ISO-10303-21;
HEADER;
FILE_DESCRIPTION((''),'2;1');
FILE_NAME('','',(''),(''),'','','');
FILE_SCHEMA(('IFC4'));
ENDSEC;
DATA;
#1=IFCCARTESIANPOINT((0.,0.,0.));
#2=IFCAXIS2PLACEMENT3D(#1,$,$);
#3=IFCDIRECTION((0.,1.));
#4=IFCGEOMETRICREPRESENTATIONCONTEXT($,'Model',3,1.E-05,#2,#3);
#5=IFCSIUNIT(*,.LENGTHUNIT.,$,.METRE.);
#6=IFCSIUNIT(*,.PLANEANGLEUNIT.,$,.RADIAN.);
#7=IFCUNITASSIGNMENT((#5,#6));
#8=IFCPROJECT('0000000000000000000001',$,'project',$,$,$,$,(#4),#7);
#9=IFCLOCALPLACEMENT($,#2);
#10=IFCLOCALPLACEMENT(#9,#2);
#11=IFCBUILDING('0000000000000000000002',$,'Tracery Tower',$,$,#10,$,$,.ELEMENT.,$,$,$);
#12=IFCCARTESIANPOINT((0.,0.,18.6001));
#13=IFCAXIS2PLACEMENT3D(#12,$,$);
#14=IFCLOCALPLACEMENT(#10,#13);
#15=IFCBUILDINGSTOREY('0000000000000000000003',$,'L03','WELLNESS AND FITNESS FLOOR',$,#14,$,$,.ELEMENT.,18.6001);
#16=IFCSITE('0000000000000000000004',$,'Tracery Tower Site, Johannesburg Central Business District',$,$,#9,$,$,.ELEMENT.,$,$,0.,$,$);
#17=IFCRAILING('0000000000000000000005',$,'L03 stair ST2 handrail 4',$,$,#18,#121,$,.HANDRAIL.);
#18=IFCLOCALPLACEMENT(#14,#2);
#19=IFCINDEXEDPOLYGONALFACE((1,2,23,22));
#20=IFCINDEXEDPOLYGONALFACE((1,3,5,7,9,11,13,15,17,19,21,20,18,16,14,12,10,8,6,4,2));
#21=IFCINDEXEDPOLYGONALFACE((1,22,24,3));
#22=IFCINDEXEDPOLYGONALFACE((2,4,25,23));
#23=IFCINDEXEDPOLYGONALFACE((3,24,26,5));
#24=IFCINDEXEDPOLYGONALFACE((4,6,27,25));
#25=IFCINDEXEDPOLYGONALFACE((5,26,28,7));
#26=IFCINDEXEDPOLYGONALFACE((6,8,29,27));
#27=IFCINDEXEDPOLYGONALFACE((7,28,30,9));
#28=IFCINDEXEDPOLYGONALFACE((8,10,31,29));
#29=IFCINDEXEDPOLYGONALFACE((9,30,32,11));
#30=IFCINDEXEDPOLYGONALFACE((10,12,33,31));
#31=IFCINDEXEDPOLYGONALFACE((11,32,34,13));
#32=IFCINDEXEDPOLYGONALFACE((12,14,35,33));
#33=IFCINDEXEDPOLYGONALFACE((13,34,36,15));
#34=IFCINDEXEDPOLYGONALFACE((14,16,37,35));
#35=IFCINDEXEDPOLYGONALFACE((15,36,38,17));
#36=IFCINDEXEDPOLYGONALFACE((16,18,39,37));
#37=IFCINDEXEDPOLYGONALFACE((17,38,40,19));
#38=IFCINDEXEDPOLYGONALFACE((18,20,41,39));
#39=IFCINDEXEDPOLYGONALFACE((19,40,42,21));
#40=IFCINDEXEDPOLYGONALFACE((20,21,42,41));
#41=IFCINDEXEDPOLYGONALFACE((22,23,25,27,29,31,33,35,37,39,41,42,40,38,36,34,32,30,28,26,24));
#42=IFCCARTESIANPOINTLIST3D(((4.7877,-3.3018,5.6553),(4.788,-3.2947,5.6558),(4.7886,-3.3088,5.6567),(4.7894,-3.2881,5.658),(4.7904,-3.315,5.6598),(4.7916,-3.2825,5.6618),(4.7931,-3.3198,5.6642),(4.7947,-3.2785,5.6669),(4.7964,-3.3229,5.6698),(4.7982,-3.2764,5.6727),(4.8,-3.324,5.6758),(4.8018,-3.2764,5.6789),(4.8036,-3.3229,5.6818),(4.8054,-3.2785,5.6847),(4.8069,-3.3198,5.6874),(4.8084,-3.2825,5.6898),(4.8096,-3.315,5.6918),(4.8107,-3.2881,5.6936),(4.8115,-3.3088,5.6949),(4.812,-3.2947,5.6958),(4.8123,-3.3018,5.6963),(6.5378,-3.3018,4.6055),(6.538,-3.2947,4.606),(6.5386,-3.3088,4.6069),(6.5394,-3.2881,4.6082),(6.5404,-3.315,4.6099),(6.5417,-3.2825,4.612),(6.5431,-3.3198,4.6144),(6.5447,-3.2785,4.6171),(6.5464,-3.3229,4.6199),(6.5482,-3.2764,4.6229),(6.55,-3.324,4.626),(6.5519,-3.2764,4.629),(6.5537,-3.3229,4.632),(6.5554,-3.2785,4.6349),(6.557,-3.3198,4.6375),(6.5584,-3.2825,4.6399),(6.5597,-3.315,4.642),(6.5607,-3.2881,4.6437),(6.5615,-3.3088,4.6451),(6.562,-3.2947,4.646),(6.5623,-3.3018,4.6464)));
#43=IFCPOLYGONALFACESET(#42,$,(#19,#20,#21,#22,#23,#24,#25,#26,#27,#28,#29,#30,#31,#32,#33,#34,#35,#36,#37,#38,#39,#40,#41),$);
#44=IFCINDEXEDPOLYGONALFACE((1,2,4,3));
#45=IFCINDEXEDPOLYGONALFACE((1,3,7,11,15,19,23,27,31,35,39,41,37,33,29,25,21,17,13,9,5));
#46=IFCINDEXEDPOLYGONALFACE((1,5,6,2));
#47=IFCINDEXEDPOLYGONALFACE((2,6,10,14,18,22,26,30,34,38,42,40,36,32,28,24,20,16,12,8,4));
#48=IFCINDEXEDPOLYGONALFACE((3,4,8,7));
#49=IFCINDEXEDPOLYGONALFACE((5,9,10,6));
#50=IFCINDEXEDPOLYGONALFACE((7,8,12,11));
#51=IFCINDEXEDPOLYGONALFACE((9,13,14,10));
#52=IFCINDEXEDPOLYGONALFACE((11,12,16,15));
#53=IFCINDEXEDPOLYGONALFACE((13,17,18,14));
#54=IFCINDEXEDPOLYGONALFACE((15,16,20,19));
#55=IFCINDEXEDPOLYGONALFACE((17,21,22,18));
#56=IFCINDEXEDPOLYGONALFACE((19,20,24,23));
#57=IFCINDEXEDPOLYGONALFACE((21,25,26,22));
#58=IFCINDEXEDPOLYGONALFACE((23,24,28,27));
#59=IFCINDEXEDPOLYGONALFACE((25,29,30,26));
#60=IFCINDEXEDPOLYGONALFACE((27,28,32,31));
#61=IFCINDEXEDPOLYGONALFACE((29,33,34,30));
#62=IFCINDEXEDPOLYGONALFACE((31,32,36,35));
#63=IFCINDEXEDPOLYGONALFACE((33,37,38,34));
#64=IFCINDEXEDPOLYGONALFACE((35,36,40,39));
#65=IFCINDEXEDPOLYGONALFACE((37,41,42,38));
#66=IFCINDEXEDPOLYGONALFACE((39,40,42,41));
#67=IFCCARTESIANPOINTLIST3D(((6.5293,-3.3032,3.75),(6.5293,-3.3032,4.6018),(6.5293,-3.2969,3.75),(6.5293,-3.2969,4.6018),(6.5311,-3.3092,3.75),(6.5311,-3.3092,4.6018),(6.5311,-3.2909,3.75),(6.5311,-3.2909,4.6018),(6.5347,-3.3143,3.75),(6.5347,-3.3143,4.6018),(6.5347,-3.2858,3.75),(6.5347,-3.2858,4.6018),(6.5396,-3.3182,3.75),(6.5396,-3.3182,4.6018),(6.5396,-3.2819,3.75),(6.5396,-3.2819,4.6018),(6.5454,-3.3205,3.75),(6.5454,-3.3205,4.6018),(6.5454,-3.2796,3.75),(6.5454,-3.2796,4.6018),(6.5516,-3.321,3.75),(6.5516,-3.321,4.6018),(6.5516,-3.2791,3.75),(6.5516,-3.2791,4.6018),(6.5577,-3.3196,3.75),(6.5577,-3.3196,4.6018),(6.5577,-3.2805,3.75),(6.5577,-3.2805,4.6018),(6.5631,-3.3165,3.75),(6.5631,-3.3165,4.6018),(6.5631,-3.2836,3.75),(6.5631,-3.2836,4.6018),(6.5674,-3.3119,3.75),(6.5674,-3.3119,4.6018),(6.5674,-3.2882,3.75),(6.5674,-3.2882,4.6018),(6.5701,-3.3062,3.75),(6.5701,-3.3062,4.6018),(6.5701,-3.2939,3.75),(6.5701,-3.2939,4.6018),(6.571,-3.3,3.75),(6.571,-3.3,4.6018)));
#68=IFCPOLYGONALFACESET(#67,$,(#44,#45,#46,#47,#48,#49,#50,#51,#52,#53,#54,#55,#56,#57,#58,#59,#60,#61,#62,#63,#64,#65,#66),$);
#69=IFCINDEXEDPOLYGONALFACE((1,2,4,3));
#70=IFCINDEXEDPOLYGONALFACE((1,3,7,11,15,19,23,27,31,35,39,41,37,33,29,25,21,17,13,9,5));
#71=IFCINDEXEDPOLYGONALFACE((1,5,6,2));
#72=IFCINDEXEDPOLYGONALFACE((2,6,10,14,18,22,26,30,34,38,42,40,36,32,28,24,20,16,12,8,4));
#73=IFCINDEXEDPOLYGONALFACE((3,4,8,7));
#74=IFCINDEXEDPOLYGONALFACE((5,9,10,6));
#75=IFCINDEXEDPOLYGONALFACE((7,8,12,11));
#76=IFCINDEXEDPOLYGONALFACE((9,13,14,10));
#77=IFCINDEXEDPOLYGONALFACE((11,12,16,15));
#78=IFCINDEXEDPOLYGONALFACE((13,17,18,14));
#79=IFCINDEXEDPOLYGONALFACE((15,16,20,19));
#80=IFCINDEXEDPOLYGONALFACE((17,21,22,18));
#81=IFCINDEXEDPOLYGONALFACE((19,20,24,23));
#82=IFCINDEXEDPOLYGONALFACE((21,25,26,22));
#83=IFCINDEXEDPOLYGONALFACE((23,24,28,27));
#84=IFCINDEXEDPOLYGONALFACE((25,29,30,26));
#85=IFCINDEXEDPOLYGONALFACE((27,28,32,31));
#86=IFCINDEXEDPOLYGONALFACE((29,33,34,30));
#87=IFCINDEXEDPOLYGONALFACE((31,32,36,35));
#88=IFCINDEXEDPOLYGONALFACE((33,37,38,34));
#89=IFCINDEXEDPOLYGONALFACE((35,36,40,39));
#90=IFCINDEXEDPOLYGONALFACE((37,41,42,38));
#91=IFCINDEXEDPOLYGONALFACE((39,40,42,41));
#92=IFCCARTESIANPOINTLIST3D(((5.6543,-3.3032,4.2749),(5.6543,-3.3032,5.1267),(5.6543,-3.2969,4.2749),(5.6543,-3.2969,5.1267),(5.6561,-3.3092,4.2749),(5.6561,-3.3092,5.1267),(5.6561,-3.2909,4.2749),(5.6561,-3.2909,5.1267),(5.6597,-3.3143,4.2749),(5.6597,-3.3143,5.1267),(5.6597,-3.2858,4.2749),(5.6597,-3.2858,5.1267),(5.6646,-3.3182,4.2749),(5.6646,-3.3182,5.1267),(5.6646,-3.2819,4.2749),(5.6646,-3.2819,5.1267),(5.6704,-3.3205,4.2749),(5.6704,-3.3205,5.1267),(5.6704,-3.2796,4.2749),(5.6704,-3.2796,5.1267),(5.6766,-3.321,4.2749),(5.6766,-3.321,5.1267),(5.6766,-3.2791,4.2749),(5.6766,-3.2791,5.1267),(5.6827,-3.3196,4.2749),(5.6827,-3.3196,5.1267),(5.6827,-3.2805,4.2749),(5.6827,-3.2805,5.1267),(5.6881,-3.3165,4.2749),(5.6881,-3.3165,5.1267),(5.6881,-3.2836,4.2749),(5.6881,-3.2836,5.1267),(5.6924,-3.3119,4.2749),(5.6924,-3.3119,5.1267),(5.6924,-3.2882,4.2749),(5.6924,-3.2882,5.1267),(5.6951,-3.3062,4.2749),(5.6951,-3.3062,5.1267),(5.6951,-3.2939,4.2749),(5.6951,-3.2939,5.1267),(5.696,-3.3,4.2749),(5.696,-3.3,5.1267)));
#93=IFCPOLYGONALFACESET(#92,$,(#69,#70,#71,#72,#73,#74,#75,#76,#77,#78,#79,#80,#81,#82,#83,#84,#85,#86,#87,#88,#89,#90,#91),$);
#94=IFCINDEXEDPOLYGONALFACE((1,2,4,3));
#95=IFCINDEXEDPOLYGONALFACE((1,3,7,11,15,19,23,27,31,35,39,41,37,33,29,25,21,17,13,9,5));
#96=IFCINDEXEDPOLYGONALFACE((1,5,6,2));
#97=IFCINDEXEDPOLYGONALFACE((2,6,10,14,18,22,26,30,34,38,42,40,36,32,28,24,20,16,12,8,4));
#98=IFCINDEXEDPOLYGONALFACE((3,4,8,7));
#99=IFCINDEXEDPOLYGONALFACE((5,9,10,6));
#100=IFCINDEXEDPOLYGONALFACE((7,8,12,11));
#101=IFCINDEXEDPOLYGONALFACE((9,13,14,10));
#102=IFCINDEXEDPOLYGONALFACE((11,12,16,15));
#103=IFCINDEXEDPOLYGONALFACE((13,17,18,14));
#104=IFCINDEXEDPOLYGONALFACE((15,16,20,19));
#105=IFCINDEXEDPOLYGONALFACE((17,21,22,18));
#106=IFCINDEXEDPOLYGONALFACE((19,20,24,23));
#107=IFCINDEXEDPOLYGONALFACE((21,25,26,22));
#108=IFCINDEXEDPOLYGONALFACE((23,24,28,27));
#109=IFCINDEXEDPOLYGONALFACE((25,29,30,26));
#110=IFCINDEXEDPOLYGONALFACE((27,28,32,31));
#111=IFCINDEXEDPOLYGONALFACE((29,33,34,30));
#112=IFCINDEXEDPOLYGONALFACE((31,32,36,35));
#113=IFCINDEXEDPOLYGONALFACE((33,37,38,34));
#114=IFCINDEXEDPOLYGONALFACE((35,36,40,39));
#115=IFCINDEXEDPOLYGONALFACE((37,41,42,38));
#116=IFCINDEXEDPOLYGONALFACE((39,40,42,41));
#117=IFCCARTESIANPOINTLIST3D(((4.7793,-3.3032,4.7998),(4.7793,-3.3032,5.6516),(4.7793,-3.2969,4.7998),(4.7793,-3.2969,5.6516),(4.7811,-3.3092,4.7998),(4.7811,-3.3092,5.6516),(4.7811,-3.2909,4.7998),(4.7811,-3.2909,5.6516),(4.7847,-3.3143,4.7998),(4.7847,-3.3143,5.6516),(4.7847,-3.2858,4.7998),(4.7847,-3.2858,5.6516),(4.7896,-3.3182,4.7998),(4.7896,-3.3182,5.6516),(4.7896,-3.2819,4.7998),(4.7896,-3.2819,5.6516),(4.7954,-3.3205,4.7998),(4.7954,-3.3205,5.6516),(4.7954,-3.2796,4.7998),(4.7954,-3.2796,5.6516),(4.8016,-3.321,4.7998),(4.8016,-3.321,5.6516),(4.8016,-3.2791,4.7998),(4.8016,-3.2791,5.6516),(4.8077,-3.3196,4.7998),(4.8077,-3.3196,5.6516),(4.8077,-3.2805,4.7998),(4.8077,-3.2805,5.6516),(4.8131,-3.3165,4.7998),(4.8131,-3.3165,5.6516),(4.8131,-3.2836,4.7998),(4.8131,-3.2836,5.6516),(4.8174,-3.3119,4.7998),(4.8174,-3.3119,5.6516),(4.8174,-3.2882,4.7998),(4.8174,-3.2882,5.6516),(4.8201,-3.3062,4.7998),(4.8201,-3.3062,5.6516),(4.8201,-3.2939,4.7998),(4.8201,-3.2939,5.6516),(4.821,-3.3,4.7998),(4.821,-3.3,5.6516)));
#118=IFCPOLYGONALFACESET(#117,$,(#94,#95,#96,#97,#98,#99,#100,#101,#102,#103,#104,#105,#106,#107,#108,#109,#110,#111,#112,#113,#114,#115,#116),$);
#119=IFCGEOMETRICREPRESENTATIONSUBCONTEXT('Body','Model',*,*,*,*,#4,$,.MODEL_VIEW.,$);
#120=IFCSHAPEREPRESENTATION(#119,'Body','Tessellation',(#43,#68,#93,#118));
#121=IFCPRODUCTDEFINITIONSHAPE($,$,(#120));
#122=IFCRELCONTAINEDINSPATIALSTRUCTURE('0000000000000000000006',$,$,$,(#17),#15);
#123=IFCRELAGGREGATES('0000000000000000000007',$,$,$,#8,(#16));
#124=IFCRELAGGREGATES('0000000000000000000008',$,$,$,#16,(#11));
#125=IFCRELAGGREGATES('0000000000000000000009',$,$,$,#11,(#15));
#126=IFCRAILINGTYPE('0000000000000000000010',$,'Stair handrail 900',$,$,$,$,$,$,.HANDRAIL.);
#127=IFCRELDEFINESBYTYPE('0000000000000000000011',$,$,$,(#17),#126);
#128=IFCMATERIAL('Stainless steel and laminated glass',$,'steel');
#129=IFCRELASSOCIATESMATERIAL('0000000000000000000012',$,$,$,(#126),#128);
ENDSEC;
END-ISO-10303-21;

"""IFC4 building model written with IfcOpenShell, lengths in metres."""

from ifc_helpers import new_model, si_unit, direction, frame, origin, origin_2d, place, context, subcontext, project, spatial, circle, extrude, material, type_object, element, save


model = new_model("IFC4")

# Units and contexts
model_context = context("Model", 3, precision=1e-05, world=origin(), true_north=direction((0.0, 1.0)))
body_context = subcontext(model_context, "Body", "Model", "MODEL_VIEW")
ifc_project = project(units=[si_unit("LENGTHUNIT", "METRE"), si_unit("PLANEANGLEUNIT", "RADIAN")], contexts=[model_context])

# Site, building, storey
site_placement = place(None, origin())
site = spatial("IfcSite", under=ifc_project, at=site_placement, Name="Tracery Tower Site, Johannesburg Central Business District", CompositionType="ELEMENT", RefElevation=0.0)
building_placement = place(site_placement, origin())
building = spatial("IfcBuilding", under=site, at=building_placement, Name="Tracery Tower", CompositionType="ELEMENT")
storey_placement = place(building_placement, frame((0.0, 0.0, 18.6001)))
storey = spatial("IfcBuildingStorey", under=building, at=storey_placement, Name="L03", Description="WELLNESS AND FITNESS FLOOR", CompositionType="ELEMENT", Elevation=18.6001)

# Railing
ifc_material_1 = material(Name="Stainless steel and laminated glass", Category="steel")
railing_type_1 = type_object("IfcRailingType", Name="Stair handrail 900", PredefinedType="HANDRAIL", material=ifc_material_1)
railing_1_placement = place(storey_placement, frame((6.55, -3.3, 3.75)))
element("IfcRailing", 1, at=railing_1_placement, inside=storey, type_object=railing_type_1, Name="L03 stair ST2 handrail 4", PredefinedType="HANDRAIL", context=body_context, shape_type="SweptSolid", body=[
    extrude(circle(Radius=0.0239, at=origin_2d()), frame((0.0, 0.0, 0.876), z_axis=(-0.857535, 0.0, 0.514425), x_axis=(0.0, -1.0, 0.0)), (0.0, 0.0, 1.0), 2.0408),
    extrude(circle(Radius=0.021, at=origin_2d()), origin(), (0.0, 0.0, 1.0), 0.8518),
    extrude(circle(Radius=0.021, at=origin_2d()), frame((-0.875, 0.0, 0.5249)), (0.0, 0.0, 1.0), 0.8518),
    extrude(circle(Radius=0.021, at=origin_2d()), frame((-1.75, 0.0, 1.0498)), (0.0, 0.0, 1.0), 0.8518),
])

save(model, "model.ifc")
